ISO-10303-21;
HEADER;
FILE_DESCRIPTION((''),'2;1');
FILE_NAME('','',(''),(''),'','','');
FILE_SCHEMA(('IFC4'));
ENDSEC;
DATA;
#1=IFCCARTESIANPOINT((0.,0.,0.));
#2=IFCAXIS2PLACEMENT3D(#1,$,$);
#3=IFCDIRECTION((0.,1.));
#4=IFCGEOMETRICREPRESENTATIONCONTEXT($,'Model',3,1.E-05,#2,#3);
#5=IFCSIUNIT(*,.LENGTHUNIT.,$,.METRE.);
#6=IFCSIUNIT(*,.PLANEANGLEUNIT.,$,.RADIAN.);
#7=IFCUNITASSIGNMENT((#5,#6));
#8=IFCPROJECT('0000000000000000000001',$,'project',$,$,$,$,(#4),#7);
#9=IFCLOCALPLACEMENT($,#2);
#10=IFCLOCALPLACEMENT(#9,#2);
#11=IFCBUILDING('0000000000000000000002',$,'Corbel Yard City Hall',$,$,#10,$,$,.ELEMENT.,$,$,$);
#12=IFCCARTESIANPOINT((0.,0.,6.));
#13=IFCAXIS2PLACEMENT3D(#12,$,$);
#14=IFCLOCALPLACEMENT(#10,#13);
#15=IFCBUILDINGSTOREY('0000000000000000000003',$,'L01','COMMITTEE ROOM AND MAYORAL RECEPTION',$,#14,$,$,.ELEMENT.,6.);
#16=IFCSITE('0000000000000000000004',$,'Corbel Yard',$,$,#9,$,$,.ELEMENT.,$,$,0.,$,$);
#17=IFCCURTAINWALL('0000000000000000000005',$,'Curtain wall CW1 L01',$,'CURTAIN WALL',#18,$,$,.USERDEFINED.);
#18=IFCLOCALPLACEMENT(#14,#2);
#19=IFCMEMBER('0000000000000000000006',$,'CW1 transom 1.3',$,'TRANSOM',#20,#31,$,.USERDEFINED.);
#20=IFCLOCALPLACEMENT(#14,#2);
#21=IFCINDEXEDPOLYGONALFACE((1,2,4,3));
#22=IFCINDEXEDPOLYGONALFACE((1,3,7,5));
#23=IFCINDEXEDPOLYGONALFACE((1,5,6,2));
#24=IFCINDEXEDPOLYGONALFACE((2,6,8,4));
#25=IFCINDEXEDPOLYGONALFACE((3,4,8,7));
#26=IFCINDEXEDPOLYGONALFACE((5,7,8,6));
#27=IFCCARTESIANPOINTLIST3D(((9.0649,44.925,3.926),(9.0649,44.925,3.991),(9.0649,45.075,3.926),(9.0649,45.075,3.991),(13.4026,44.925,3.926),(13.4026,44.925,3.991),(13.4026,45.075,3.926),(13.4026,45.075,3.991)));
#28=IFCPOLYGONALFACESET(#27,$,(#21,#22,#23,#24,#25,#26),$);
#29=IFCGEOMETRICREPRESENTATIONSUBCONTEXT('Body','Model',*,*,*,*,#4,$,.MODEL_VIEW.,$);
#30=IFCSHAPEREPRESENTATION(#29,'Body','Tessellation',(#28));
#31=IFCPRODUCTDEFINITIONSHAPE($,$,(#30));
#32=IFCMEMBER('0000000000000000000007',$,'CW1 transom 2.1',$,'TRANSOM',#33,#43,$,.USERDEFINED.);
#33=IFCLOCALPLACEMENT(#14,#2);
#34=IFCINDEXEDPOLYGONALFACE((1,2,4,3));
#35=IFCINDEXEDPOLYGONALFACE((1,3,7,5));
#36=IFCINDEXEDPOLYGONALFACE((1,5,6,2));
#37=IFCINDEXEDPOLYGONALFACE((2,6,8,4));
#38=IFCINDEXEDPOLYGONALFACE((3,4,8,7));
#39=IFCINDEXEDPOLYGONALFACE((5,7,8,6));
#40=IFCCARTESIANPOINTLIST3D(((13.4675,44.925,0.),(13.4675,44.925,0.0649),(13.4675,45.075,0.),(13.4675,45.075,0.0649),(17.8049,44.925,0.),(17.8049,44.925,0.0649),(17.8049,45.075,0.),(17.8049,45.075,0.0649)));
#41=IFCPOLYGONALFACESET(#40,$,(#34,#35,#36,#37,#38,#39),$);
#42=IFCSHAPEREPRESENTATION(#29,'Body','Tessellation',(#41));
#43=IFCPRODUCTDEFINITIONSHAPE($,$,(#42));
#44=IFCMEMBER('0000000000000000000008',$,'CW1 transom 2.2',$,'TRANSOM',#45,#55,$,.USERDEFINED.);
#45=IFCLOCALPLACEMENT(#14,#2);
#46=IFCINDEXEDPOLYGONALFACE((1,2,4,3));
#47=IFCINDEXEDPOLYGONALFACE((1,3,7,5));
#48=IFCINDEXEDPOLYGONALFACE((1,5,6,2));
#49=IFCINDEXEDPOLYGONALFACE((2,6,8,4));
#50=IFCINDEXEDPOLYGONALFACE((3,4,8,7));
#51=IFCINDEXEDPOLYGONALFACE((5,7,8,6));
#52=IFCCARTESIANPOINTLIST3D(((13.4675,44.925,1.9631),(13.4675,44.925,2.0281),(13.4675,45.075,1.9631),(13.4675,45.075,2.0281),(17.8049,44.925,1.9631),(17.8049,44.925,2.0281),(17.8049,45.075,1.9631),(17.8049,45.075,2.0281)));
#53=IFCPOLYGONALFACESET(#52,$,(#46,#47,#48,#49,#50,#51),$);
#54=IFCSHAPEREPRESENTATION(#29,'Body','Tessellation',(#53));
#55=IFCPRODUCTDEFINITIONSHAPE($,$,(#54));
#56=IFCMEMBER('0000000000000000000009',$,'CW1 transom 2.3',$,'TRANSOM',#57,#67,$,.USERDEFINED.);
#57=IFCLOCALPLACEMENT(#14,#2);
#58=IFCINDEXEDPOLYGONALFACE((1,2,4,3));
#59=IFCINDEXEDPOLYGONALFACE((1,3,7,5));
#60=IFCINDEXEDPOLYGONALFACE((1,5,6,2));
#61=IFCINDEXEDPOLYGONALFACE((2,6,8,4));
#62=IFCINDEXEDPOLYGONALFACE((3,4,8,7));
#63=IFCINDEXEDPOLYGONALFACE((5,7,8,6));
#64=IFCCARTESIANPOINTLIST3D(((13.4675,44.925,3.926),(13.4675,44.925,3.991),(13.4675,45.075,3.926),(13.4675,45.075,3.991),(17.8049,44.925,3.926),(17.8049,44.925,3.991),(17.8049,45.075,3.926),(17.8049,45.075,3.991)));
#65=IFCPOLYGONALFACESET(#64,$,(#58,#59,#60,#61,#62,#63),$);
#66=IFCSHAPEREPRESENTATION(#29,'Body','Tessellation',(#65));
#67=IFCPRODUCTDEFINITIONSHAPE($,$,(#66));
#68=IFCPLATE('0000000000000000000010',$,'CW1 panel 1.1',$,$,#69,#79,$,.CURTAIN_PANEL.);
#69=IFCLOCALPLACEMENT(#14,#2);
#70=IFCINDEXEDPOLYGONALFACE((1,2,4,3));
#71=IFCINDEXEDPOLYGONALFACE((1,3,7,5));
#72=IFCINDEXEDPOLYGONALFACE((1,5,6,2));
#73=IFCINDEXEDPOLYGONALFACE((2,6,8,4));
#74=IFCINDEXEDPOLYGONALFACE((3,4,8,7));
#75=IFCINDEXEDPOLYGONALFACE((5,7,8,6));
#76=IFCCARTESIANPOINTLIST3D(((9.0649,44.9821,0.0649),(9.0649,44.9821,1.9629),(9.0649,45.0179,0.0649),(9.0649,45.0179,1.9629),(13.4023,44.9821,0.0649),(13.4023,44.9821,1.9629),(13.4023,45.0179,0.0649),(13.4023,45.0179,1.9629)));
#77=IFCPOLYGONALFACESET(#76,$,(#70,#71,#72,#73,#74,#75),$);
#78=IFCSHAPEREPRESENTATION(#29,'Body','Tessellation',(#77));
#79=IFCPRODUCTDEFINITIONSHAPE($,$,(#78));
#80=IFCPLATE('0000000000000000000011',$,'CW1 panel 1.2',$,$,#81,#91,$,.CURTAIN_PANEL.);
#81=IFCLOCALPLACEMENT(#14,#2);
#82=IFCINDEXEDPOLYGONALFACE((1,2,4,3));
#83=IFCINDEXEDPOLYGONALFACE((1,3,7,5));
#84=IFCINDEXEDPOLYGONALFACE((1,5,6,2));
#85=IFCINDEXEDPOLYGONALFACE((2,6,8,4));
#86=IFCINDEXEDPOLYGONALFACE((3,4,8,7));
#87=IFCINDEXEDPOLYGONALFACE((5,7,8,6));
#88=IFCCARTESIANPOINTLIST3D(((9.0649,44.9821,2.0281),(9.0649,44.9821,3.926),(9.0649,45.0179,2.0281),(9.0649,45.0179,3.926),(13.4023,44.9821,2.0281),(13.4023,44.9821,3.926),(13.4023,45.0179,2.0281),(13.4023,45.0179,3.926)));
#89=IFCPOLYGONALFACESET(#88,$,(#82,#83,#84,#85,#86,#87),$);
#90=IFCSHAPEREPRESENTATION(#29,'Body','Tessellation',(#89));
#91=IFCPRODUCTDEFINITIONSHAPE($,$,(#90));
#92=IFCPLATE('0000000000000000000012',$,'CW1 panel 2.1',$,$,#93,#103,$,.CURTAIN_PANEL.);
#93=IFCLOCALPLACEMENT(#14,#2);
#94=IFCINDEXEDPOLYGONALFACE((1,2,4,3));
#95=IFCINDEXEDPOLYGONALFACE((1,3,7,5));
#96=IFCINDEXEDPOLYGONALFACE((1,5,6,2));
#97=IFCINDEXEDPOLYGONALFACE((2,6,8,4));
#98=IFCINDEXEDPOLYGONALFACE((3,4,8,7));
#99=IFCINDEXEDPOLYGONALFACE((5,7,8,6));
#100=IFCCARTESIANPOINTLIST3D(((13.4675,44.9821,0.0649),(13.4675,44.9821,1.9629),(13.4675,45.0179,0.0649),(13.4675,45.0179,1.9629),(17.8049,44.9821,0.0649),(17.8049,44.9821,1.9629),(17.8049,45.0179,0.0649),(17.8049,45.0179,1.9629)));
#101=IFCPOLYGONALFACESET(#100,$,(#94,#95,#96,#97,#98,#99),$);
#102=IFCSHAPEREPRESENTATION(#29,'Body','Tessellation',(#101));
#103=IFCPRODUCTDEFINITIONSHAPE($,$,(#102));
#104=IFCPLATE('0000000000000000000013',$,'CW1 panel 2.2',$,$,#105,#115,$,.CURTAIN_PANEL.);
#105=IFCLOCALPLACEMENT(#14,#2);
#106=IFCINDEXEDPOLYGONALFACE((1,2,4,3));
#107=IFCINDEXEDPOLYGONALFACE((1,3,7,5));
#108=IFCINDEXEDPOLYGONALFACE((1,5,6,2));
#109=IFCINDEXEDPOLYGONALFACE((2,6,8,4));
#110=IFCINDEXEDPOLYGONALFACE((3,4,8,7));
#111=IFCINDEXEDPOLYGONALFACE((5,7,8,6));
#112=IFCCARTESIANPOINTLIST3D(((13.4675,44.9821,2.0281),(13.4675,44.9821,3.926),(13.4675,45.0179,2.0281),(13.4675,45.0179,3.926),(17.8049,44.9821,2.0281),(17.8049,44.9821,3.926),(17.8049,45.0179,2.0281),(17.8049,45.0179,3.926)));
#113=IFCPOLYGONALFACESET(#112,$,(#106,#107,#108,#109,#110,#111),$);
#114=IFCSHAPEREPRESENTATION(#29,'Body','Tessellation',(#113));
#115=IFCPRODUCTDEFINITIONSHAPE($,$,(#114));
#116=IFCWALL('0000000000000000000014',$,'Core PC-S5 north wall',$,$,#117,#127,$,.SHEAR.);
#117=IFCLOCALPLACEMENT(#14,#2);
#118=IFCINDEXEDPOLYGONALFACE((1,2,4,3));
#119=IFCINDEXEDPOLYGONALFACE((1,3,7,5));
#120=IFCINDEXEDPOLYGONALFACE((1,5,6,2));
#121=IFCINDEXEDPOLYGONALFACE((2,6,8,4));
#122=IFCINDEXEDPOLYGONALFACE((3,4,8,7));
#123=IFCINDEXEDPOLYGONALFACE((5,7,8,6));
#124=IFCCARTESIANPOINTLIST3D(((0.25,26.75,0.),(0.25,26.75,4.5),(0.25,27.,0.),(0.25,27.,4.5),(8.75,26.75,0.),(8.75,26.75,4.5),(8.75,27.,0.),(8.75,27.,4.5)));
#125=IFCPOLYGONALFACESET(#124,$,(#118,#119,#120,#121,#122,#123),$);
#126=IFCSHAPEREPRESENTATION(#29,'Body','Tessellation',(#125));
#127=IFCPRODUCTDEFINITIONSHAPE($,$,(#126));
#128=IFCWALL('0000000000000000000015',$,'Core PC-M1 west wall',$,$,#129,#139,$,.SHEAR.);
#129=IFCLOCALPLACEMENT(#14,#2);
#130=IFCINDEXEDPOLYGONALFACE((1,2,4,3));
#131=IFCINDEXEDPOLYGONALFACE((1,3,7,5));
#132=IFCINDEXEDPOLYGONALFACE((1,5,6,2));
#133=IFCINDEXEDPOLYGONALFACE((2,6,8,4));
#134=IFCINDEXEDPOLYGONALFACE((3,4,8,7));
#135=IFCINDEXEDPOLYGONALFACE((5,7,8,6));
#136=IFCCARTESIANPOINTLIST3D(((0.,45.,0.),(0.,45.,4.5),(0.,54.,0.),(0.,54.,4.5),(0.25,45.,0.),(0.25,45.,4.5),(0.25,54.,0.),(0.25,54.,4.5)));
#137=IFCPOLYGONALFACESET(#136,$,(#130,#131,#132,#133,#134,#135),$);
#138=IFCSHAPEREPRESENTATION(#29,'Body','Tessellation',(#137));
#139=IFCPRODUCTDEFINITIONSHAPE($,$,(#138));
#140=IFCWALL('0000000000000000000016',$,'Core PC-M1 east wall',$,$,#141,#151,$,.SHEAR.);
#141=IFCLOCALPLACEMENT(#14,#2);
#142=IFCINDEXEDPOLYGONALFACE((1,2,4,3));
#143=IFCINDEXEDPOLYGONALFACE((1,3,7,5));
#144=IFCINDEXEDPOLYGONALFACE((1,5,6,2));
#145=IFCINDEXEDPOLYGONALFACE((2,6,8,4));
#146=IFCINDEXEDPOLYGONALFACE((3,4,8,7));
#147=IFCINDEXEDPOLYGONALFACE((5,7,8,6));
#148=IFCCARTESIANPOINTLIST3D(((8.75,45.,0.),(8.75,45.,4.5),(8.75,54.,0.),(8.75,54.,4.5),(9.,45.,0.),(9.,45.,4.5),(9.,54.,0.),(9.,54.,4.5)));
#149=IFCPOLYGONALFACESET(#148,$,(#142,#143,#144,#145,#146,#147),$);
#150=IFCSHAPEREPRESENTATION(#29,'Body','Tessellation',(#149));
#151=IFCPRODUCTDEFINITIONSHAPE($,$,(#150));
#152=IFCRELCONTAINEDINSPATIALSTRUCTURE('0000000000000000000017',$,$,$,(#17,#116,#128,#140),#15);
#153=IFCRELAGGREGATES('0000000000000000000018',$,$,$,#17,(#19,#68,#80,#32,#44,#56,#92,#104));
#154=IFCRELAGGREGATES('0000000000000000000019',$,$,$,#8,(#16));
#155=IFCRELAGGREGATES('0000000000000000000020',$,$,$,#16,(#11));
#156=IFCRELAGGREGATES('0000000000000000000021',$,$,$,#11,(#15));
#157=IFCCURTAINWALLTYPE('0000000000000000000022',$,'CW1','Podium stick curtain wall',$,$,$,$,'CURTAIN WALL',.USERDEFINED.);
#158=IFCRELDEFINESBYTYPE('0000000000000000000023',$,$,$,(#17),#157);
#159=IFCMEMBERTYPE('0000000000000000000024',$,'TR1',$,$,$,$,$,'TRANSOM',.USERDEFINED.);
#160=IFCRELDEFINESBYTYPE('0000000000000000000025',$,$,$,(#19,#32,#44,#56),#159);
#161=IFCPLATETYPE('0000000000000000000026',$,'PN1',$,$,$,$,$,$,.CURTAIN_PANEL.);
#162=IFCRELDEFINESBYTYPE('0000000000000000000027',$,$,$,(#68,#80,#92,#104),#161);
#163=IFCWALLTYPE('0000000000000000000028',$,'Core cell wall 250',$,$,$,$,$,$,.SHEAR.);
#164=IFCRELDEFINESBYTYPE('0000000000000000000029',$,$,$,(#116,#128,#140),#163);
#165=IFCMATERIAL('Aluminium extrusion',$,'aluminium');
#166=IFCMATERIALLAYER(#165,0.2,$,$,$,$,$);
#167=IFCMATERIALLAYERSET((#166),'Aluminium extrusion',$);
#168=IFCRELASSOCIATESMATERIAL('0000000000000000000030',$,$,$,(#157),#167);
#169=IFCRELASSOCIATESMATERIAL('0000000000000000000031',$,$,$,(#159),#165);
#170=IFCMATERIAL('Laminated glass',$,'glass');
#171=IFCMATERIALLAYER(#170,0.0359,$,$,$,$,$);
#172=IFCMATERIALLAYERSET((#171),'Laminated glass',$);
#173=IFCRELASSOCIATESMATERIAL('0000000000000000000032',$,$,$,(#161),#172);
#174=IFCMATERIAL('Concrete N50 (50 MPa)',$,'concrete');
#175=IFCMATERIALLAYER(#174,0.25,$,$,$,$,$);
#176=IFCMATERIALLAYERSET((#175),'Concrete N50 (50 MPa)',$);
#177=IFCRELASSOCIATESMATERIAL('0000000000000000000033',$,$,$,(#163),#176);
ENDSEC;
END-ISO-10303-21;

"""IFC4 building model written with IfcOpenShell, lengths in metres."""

from ifc_helpers import new_model, si_unit, direction, frame, frame_2d, origin, origin_2d, place, context, subcontext, project, spatial, rectangle, extrude, material, layer, layer_set, material_profile, profile_set, type_object, element, aggregate, save


model = new_model("IFC4")

# Units and contexts
model_context = context("Model", 3, precision=1e-05, world=origin(), true_north=direction((0.0, 1.0)))
body_context = subcontext(model_context, "Body", "Model", "MODEL_VIEW")
ifc_project = project(units=[si_unit("LENGTHUNIT", "METRE"), si_unit("PLANEANGLEUNIT", "RADIAN")], contexts=[model_context])

# Site, building, storey
site_placement = place(None, origin())
site = spatial("IfcSite", under=ifc_project, at=site_placement, Name="Corbel Yard", CompositionType="ELEMENT", RefElevation=0.0)
building_placement = place(site_placement, origin())
building = spatial("IfcBuilding", under=site, at=building_placement, Name="Corbel Yard City Hall", CompositionType="ELEMENT")
storey_placement = place(building_placement, frame((0.0, 0.0, 6.0)))
storey = spatial("IfcBuildingStorey", under=building, at=storey_placement, Name="L01", Description="COMMITTEE ROOM AND MAYORAL RECEPTION", CompositionType="ELEMENT", Elevation=6.0)

# Curtain wall, members, plates
ifc_material_1 = material(Name="Aluminium extrusion", Category="aluminium")
ifc_layer_1 = layer(ifc_material_1, 0.2)
ifc_layer_set_1 = layer_set([ifc_layer_1], Name="Aluminium extrusion")
curtain_wall_type = type_object("IfcCurtainWallType", Name="CW1", Description="Podium stick curtain wall", ElementType="CURTAIN WALL", PredefinedType="USERDEFINED", material=ifc_layer_set_1)
curtain_wall_placement = place(storey_placement, origin())
curtain_wall = element("IfcCurtainWall", 1, at=curtain_wall_placement, inside=storey, type_object=curtain_wall_type, Name="Curtain wall CW1 L01", ObjectType="CURTAIN WALL", PredefinedType="USERDEFINED")
ifc_material_profile_1 = material_profile(ifc_material_1, rectangle(XDim=0.1499, YDim=0.0649, at=origin_2d()), Name="150x65")
ifc_profile_set_1 = profile_set([ifc_material_profile_1], Name="Aluminium extrusion")
member_type_1 = type_object("IfcMemberType", Name="TR1", ElementType="TRANSOM", PredefinedType="USERDEFINED", material=ifc_profile_set_1)
member_1_placement = place(storey_placement, frame((9.0649, 45.0, 3.9585), z_axis=(1.0, 0.0, 0.0), x_axis=(0.0, 1.0, 0.0)))
member_1 = element("IfcMember", 2, at=member_1_placement, type_object=member_type_1, Name="CW1 transom 1.3", ObjectType="TRANSOM", PredefinedType="USERDEFINED", context=body_context, shape_type="SweptSolid", body=[
    extrude(rectangle(XDim=0.1499, YDim=0.0649, at=origin_2d()), origin(), (0.0, 0.0, 1.0), 4.3376),
])
member_2_placement = place(storey_placement, frame((13.4675, 45.0, 0.0325), z_axis=(1.0, 0.0, 0.0), x_axis=(0.0, 1.0, 0.0)))
member_2 = element("IfcMember", 3, at=member_2_placement, type_object=member_type_1, Name="CW1 transom 2.1", ObjectType="TRANSOM", PredefinedType="USERDEFINED", context=body_context, shape_type="SweptSolid", body=[
    extrude(rectangle(XDim=0.1499, YDim=0.0649, at=origin_2d()), origin(), (0.0, 0.0, 1.0), 4.3374),
])
member_3_placement = place(storey_placement, frame((13.4675, 45.0, 1.9956), z_axis=(1.0, 0.0, 0.0), x_axis=(0.0, 1.0, 0.0)))
member_3 = element("IfcMember", 4, at=member_3_placement, type_object=member_type_1, Name="CW1 transom 2.2", ObjectType="TRANSOM", PredefinedType="USERDEFINED", context=body_context, shape_type="SweptSolid", body=[
    extrude(rectangle(XDim=0.1499, YDim=0.0649, at=origin_2d()), origin(), (0.0, 0.0, 1.0), 4.3374),
])
member_4_placement = place(storey_placement, frame((13.4675, 45.0, 3.9585), z_axis=(1.0, 0.0, 0.0), x_axis=(0.0, 1.0, 0.0)))
member_4 = element("IfcMember", 5, at=member_4_placement, type_object=member_type_1, Name="CW1 transom 2.3", ObjectType="TRANSOM", PredefinedType="USERDEFINED", context=body_context, shape_type="SweptSolid", body=[
    extrude(rectangle(XDim=0.1499, YDim=0.0649, at=origin_2d()), origin(), (0.0, 0.0, 1.0), 4.3374),
])
ifc_material_2 = material(Name="Laminated glass", Category="glass")
ifc_layer_2 = layer(ifc_material_2, 0.0359)
ifc_layer_set_2 = layer_set([ifc_layer_2], Name="Laminated glass")
plate_type = type_object("IfcPlateType", Name="PN1", PredefinedType="CURTAIN_PANEL", material=ifc_layer_set_2)
plate_1_placement = place(storey_placement, frame((11.2336, 45.0, 0.0649), z_axis=(0.0, 0.0, 1.0), x_axis=(1.0, 0.0, 0.0)))
plate_1 = element("IfcPlate", 6, at=plate_1_placement, type_object=plate_type, Name="CW1 panel 1.1", PredefinedType="CURTAIN_PANEL", context=body_context, shape_type="SweptSolid", body=[
    extrude(rectangle(XDim=4.3374, YDim=0.0359, at=origin_2d()), origin(), (0.0, 0.0, 1.0), 1.8979),
])
plate_2_placement = place(storey_placement, frame((11.2336, 45.0, 2.0281), z_axis=(0.0, 0.0, 1.0), x_axis=(1.0, 0.0, 0.0)))
plate_2 = element("IfcPlate", 7, at=plate_2_placement, type_object=plate_type, Name="CW1 panel 1.2", PredefinedType="CURTAIN_PANEL", context=body_context, shape_type="SweptSolid", body=[
    extrude(rectangle(XDim=4.3374, YDim=0.0359, at=origin_2d()), origin(), (0.0, 0.0, 1.0), 1.8979),
])
plate_3_placement = place(storey_placement, frame((15.6362, 45.0, 0.0649), z_axis=(0.0, 0.0, 1.0), x_axis=(1.0, 0.0, 0.0)))
plate_3 = element("IfcPlate", 8, at=plate_3_placement, type_object=plate_type, Name="CW1 panel 2.1", PredefinedType="CURTAIN_PANEL", context=body_context, shape_type="SweptSolid", body=[
    extrude(rectangle(XDim=4.3374, YDim=0.0359, at=origin_2d()), origin(), (0.0, 0.0, 1.0), 1.8979),
])
plate_4_placement = place(storey_placement, frame((15.6362, 45.0, 2.0281), z_axis=(0.0, 0.0, 1.0), x_axis=(1.0, 0.0, 0.0)))
plate_4 = element("IfcPlate", 9, at=plate_4_placement, type_object=plate_type, Name="CW1 panel 2.2", PredefinedType="CURTAIN_PANEL", context=body_context, shape_type="SweptSolid", body=[
    extrude(rectangle(XDim=4.3374, YDim=0.0359, at=origin_2d()), origin(), (0.0, 0.0, 1.0), 1.8979),
])
aggregate(curtain_wall, [member_1, plate_1, plate_2, member_2, member_3, member_4, plate_3, plate_4])

# Walls
ifc_material_3 = material(Name="Concrete N50 (50 MPa)", Category="concrete")
ifc_layer_3 = layer(ifc_material_3, 0.25)
ifc_layer_set_3 = layer_set([ifc_layer_3], Name="Concrete N50 (50 MPa)")
wall_type_1 = type_object("IfcWallType", Name="Core cell wall 250", PredefinedType="SHEAR", material=ifc_layer_set_3)
wall_1_placement = place(storey_placement, frame((0.25, 26.875, 0.0), z_axis=(0.0, 0.0, 1.0), x_axis=(1.0, 0.0, 0.0)))
element("IfcWall", 10, at=wall_1_placement, inside=storey, type_object=wall_type_1, Name="Core PC-S5 north wall", PredefinedType="SHEAR", context=body_context, shape_type="SweptSolid", body=[
    extrude(rectangle(XDim=8.5, YDim=0.25, at=frame_2d((4.25, 0.0))), origin(), (0.0, 0.0, 1.0), 4.5),
])
for number, where, z_axis, x_axis, name in (
    (11, (0.125, 45.0, 0.0), (0.0, 0.0, 1.0), (0.0, 1.0, 0.0), "Core PC-M1 west wall"),
    (12, (8.875, 45.0, 0.0), (0.0, 0.0, 1.0), (0.0, 1.0, 0.0), "Core PC-M1 east wall"),
):
    element("IfcWall", number, at=place(storey_placement, frame(where, z_axis=z_axis, x_axis=x_axis)), inside=storey, type_object=wall_type_1, Name=name, PredefinedType="SHEAR", context=body_context, shape_type="SweptSolid", body=[
        extrude(rectangle(XDim=9.0, YDim=0.25, at=frame_2d((4.5, 0.0))), origin(), (0.0, 0.0, 1.0), 4.5),
    ])

save(model, "model.ifc")
